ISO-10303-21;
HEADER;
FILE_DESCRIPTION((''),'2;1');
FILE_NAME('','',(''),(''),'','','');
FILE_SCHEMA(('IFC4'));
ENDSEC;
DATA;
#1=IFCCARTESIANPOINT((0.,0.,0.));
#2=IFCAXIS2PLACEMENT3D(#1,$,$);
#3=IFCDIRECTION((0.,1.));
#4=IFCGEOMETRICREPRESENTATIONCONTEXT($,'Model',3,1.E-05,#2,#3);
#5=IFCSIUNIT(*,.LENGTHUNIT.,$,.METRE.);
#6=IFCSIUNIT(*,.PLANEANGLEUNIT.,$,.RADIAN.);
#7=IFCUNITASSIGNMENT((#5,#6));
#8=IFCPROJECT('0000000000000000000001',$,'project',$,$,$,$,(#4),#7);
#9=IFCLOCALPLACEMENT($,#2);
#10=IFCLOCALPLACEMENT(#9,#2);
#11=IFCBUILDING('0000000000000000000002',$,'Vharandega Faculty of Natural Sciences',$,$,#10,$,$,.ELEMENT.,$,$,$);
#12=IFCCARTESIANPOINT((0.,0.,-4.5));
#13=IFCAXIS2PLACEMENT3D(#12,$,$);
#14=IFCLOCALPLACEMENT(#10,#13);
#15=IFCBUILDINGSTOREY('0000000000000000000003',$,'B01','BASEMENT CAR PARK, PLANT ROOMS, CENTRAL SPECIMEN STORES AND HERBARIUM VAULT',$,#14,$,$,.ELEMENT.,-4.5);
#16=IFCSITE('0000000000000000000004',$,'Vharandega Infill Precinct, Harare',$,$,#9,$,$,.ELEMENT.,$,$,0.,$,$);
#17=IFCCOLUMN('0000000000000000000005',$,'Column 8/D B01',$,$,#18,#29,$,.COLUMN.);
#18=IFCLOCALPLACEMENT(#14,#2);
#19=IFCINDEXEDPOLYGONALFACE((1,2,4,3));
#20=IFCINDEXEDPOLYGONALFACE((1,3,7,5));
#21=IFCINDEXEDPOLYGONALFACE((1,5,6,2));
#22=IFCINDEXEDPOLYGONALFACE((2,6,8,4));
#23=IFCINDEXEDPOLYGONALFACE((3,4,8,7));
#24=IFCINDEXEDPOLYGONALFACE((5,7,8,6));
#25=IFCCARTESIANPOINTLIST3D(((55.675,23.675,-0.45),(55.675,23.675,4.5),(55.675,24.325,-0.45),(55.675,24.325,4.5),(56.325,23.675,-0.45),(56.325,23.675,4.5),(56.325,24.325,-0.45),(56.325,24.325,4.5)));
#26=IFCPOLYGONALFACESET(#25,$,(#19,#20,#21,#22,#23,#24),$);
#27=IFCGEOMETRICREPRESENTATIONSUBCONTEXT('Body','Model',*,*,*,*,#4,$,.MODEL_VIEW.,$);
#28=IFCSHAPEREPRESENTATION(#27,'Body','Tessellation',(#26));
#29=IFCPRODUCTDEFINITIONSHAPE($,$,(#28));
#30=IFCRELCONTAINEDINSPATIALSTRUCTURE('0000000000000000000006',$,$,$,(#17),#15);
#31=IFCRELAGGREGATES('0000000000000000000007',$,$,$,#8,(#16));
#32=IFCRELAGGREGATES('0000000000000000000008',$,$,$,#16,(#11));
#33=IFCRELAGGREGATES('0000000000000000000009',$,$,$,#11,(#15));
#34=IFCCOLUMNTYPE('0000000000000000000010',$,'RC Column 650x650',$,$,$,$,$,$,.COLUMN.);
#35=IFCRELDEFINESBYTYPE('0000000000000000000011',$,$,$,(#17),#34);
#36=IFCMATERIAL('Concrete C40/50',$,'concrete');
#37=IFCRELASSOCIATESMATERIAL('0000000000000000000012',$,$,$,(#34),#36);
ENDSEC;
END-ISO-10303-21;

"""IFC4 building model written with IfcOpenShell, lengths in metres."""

from ifc_helpers import new_model, si_unit, direction, frame, origin, origin_2d, place, context, subcontext, project, spatial, rectangle, extrude, material, material_profile, profile_set, type_object, element, save


model = new_model("IFC4")

# Units and contexts
model_context = context("Model", 3, precision=1e-05, world=origin(), true_north=direction((0.0, 1.0)))
body_context = subcontext(model_context, "Body", "Model", "MODEL_VIEW")
ifc_project = project(units=[si_unit("LENGTHUNIT", "METRE"), si_unit("PLANEANGLEUNIT", "RADIAN")], contexts=[model_context])

# Site, building, storey
site_placement = place(None, origin())
site = spatial("IfcSite", under=ifc_project, at=site_placement, Name="Vharandega Infill Precinct, Harare", CompositionType="ELEMENT", RefElevation=0.0)
building_placement = place(site_placement, origin())
building = spatial("IfcBuilding", under=site, at=building_placement, Name="Vharandega Faculty of Natural Sciences", CompositionType="ELEMENT")
storey_placement = place(building_placement, frame((0.0, 0.0, -4.5)))
storey = spatial("IfcBuildingStorey", under=building, at=storey_placement, Name="B01", Description="BASEMENT CAR PARK, PLANT ROOMS, CENTRAL SPECIMEN STORES AND HERBARIUM VAULT", CompositionType="ELEMENT", Elevation=-4.5)

# Column
ifc_material_1 = material(Name="Concrete C40/50", Category="concrete")
ifc_material_profile_1 = material_profile(ifc_material_1, rectangle(XDim=0.6499, YDim=0.6499, at=origin_2d()), Name="RC 650x650")
ifc_profile_set_1 = profile_set([ifc_material_profile_1], Name="Concrete C40/50")
column_type_1 = type_object("IfcColumnType", Name="RC Column 650x650", PredefinedType="COLUMN", material=ifc_profile_set_1)
for number, where, z_axis, x_axis, name in (
    (1, (56.0, 24.0, -0.45), (0.0, 0.0, 1.0), (1.0, 0.0, 0.0), "Column 8/D B01"),
):
    element("IfcColumn", number, at=place(storey_placement, frame(where, z_axis=z_axis, x_axis=x_axis)), inside=storey, type_object=column_type_1, Name=name, PredefinedType="COLUMN", context=body_context, shape_type="SweptSolid", body=[
        extrude(rectangle(XDim=0.6499, YDim=0.6499, at=origin_2d()), origin(), (0.0, 0.0, 1.0), 4.95),
    ])

save(model, "model.ifc")
